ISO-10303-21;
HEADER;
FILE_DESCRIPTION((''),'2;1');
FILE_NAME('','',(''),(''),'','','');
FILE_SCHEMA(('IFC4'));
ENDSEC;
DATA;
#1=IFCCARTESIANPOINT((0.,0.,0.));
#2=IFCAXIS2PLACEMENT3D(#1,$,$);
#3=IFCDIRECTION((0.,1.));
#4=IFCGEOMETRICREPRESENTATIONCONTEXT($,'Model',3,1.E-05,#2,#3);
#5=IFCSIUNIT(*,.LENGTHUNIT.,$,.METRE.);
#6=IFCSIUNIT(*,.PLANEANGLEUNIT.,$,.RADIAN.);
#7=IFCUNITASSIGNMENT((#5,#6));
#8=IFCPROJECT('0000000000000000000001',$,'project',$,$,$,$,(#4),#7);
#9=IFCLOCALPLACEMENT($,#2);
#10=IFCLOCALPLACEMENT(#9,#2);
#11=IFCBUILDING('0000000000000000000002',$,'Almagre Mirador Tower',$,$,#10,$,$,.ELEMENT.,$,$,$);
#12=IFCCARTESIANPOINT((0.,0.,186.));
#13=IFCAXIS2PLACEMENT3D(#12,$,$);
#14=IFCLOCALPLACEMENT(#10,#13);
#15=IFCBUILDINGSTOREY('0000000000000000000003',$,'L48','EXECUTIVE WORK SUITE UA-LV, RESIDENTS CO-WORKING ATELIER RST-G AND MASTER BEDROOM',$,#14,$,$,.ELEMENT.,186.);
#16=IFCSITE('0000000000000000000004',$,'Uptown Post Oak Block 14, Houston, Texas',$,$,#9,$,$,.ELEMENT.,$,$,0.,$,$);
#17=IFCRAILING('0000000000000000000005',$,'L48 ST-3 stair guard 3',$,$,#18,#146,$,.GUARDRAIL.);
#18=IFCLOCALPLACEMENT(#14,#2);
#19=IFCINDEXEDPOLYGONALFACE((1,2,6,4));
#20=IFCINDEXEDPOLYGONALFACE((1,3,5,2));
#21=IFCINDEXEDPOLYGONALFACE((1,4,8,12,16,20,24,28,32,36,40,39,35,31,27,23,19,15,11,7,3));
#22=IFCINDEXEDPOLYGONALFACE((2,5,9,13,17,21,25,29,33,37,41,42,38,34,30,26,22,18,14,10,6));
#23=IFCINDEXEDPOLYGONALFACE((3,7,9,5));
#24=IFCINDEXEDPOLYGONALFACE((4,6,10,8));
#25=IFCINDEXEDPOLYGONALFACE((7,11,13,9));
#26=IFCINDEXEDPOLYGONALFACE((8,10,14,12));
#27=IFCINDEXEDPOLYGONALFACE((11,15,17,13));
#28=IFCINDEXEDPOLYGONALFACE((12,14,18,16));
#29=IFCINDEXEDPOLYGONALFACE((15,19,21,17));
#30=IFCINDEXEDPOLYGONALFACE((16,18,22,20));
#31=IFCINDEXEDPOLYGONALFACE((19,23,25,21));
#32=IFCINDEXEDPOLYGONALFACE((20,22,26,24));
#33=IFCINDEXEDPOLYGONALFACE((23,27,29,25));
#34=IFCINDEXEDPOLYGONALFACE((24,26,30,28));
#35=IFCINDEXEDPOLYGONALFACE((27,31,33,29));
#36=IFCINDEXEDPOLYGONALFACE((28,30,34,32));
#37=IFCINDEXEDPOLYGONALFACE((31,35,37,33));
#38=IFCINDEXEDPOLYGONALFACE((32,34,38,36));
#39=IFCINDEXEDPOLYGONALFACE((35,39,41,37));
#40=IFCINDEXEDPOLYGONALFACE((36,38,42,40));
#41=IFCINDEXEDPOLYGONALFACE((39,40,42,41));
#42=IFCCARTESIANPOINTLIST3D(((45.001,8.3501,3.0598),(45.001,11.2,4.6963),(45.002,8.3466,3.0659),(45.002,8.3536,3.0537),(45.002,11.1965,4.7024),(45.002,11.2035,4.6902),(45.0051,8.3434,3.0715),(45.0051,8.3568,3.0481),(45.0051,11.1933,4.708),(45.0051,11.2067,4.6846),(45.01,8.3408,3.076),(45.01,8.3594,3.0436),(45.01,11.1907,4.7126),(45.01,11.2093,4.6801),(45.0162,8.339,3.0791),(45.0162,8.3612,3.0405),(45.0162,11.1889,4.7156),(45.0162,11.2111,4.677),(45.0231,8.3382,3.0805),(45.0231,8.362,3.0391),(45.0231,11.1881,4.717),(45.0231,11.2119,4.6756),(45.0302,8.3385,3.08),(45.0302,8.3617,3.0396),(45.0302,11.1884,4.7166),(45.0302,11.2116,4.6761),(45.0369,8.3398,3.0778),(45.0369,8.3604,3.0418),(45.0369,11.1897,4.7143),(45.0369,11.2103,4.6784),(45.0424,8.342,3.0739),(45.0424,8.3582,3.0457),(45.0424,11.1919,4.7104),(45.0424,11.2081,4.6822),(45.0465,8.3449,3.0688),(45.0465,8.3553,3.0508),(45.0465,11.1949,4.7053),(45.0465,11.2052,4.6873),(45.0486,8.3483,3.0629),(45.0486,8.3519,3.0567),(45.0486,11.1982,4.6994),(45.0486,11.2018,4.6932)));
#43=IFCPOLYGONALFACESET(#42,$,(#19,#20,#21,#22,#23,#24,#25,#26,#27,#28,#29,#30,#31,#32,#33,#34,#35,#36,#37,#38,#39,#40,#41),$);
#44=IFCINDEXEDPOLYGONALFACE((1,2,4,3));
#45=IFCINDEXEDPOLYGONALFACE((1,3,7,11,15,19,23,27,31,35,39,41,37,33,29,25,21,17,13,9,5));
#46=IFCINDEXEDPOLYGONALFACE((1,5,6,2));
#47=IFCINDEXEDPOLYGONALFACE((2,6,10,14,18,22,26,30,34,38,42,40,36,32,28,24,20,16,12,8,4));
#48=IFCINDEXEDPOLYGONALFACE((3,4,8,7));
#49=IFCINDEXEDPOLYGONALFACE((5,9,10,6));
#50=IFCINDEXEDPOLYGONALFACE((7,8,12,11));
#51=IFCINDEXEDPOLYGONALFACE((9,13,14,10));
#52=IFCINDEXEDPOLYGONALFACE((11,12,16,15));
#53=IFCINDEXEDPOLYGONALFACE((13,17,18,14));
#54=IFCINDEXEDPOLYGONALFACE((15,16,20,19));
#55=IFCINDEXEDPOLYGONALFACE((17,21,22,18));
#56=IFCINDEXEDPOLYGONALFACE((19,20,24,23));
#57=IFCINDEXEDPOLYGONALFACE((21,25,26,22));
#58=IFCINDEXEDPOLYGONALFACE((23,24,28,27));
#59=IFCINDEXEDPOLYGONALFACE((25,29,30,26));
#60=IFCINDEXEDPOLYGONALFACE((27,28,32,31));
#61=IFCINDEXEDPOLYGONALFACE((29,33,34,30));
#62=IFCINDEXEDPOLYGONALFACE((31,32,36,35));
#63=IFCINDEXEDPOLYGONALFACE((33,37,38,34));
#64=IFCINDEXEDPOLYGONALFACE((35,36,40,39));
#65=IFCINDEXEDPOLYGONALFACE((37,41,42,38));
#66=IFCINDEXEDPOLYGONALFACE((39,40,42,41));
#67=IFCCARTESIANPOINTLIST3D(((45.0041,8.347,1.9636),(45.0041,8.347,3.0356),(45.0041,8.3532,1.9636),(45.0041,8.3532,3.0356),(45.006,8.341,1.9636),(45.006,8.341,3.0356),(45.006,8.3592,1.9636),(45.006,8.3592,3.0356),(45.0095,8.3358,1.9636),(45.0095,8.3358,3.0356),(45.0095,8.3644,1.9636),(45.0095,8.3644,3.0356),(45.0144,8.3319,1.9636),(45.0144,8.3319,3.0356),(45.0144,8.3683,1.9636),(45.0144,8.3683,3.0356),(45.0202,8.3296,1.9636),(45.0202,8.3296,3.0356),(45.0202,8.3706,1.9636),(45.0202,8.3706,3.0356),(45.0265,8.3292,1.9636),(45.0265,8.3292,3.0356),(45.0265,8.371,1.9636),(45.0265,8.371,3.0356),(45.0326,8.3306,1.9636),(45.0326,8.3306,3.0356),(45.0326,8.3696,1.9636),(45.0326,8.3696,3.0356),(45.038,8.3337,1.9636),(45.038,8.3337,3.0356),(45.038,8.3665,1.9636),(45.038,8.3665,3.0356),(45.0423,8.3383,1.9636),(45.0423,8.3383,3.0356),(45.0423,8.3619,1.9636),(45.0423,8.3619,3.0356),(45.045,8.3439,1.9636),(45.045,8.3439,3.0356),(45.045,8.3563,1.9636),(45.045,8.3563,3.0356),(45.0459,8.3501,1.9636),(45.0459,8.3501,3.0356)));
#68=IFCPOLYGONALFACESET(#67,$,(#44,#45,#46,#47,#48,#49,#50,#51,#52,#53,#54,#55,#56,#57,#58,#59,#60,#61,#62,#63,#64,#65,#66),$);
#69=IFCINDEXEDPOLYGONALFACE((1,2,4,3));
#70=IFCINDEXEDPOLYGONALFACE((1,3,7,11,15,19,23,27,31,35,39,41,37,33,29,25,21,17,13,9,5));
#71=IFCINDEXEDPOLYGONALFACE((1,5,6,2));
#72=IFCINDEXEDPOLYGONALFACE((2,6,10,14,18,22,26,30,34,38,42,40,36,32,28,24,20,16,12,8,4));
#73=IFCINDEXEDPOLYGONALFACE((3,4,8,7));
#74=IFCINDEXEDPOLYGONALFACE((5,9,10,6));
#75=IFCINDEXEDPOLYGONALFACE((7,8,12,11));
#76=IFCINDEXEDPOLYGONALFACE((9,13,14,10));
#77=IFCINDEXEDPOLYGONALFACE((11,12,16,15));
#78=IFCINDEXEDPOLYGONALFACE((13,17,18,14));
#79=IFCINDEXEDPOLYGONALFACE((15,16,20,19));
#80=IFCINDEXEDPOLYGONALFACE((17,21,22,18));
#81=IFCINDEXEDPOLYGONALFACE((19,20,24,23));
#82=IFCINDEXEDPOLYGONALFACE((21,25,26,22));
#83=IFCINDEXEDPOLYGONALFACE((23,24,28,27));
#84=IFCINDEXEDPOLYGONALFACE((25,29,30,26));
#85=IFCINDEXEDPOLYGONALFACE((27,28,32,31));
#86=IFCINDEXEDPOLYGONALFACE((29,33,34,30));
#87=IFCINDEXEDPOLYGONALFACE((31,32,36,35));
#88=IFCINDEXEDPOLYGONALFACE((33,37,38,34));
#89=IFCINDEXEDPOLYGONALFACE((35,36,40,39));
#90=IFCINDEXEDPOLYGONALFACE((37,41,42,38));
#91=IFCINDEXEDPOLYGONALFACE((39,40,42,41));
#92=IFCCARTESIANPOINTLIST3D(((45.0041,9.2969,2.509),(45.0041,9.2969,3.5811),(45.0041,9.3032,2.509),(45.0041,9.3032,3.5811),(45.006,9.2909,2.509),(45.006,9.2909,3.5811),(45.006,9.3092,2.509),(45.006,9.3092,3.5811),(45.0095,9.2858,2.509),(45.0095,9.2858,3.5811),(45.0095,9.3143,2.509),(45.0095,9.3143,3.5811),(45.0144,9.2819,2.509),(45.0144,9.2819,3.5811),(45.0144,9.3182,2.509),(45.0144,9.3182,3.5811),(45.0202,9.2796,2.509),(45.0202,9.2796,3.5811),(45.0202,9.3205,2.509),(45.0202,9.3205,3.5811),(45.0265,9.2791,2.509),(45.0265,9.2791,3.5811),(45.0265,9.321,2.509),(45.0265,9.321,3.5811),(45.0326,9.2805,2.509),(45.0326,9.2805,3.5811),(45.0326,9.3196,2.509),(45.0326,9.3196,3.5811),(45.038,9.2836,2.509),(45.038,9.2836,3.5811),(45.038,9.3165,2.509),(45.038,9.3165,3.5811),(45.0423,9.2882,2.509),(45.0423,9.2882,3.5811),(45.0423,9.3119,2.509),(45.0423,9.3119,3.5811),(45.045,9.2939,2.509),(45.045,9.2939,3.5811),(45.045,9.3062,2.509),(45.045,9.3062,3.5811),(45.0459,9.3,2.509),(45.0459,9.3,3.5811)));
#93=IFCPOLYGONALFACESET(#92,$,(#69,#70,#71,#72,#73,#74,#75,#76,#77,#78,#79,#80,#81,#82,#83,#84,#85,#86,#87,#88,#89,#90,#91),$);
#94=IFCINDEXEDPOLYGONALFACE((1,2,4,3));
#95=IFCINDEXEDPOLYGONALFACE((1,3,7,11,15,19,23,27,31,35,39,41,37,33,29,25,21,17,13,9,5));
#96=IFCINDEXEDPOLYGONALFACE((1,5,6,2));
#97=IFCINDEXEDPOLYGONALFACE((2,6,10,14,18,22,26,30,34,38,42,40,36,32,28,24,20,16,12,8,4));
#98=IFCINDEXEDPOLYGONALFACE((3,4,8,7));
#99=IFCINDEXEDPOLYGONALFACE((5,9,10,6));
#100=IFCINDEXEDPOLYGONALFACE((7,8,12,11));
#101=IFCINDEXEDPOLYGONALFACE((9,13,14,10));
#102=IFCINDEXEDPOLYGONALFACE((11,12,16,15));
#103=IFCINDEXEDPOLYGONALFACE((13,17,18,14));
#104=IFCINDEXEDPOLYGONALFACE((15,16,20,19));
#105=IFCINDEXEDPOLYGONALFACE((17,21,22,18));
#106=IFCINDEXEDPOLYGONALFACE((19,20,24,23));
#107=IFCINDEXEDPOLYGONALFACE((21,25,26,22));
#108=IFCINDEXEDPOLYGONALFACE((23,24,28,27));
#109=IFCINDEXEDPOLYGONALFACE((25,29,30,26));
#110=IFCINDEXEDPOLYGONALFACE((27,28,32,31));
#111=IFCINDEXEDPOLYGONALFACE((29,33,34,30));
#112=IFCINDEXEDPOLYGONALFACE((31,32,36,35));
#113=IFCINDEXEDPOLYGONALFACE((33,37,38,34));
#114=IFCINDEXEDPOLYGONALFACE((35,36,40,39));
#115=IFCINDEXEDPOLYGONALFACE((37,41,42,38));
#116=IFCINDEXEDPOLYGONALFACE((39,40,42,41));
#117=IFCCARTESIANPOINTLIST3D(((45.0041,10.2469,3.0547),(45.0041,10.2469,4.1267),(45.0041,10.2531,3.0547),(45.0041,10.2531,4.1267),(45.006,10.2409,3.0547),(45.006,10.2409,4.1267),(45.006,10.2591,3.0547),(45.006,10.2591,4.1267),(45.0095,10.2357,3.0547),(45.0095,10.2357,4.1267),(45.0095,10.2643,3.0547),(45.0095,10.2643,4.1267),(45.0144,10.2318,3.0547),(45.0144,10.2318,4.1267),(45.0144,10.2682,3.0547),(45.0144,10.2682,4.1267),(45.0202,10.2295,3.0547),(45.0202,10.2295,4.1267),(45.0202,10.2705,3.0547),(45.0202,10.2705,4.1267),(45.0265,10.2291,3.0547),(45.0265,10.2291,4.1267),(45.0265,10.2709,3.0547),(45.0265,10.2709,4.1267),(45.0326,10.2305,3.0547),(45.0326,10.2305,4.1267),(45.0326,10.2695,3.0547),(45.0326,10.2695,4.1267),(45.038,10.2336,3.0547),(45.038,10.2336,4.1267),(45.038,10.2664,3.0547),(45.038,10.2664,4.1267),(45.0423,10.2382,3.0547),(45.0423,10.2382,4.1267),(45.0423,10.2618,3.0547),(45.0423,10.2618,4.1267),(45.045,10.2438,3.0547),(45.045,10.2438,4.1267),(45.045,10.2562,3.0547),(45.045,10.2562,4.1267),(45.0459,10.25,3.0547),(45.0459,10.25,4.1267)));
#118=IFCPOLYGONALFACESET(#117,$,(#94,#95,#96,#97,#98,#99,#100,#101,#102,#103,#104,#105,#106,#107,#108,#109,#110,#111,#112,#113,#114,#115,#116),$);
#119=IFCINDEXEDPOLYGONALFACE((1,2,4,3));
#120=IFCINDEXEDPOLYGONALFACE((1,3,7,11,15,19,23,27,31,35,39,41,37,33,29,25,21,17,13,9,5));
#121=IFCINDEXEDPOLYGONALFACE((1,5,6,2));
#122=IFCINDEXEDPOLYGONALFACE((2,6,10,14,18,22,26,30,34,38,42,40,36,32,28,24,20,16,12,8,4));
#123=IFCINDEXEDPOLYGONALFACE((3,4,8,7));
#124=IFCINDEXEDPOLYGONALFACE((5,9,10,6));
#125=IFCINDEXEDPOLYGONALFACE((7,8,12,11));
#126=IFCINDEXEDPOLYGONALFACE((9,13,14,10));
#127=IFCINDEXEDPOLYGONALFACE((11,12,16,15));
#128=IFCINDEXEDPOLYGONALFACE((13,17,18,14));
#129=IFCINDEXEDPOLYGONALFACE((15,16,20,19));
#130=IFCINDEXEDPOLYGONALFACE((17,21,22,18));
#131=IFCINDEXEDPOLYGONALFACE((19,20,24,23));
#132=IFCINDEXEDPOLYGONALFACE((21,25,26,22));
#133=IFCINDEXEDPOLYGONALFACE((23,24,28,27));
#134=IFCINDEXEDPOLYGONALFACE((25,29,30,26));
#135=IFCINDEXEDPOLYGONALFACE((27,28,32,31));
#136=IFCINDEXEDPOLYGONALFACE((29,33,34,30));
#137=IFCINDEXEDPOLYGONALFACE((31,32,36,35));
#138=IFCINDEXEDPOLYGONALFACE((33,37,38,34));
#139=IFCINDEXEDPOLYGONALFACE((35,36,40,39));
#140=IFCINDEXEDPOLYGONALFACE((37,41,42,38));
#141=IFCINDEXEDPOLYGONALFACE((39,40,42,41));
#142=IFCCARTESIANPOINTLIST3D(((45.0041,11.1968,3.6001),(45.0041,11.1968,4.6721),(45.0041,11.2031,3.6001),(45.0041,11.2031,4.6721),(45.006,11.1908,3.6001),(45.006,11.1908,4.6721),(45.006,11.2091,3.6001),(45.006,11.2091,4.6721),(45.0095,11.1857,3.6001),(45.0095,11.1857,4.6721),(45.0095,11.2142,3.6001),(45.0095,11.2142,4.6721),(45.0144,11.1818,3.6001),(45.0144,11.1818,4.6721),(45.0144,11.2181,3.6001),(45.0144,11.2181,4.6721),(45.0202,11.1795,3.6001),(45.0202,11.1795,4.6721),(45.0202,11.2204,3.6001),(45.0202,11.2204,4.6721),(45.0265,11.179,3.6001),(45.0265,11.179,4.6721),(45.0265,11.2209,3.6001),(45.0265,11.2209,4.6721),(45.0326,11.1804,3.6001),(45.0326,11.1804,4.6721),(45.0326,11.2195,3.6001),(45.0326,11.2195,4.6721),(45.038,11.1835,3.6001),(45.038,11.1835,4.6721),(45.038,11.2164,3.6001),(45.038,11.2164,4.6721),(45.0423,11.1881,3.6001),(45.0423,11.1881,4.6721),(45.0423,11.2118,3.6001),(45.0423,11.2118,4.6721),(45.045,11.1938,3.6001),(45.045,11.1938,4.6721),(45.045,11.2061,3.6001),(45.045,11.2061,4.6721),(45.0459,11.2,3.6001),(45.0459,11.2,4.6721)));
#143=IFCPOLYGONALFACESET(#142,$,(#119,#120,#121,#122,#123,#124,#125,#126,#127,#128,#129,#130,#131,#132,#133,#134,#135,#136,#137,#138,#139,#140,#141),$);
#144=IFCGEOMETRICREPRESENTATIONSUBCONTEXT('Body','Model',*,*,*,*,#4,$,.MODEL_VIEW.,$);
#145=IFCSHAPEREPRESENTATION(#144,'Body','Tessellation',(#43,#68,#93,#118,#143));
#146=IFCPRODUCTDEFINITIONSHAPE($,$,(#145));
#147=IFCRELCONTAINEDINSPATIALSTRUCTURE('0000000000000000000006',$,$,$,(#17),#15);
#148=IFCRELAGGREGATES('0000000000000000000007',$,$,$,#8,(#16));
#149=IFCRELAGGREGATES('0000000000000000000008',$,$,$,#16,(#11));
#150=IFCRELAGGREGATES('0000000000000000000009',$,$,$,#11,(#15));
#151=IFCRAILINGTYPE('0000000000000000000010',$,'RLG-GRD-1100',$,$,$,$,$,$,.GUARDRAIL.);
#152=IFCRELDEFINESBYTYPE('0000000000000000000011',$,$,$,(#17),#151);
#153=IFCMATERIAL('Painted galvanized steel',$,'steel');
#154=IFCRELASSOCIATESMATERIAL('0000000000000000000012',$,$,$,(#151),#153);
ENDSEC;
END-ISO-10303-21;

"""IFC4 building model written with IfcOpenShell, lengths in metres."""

from ifc_helpers import new_model, si_unit, direction, frame, origin, origin_2d, place, context, subcontext, project, spatial, circle, extrude, material, type_object, element, save


model = new_model("IFC4")

# Units and contexts
model_context = context("Model", 3, precision=1e-05, world=origin(), true_north=direction((0.0, 1.0)))
body_context = subcontext(model_context, "Body", "Model", "MODEL_VIEW")
ifc_project = project(units=[si_unit("LENGTHUNIT", "METRE"), si_unit("PLANEANGLEUNIT", "RADIAN")], contexts=[model_context])

# Site, building, storey
site_placement = place(None, origin())
site = spatial("IfcSite", under=ifc_project, at=site_placement, Name="Uptown Post Oak Block 14, Houston, Texas", CompositionType="ELEMENT", RefElevation=0.0)
building_placement = place(site_placement, origin())
building = spatial("IfcBuilding", under=site, at=building_placement, Name="Almagre Mirador Tower", CompositionType="ELEMENT")
storey_placement = place(building_placement, frame((0.0, 0.0, 186.0)))
storey = spatial("IfcBuildingStorey", under=building, at=storey_placement, Name="L48", Description="EXECUTIVE WORK SUITE UA-LV, RESIDENTS CO-WORKING ATELIER RST-G AND MASTER BEDROOM", CompositionType="ELEMENT", Elevation=186.0)

# Railing
ifc_material_1 = material(Name="Painted galvanized steel", Category="steel")
railing_type_1 = type_object("IfcRailingType", Name="RLG-GRD-1100", PredefinedType="GUARDRAIL", material=ifc_material_1)
railing_1_placement = place(storey_placement, frame((45.0249, 8.3501, 1.9636)))
element("IfcRailing", 1, at=railing_1_placement, inside=storey, type_object=railing_type_1, Name="L48 ST-3 stair guard 3", PredefinedType="GUARDRAIL", context=body_context, shape_type="SweptSolid", body=[
    extrude(circle(Radius=0.0239, at=origin_2d()), frame((0.0, 0.0, 1.0962), z_axis=(0.0, 0.867194, 0.49797), x_axis=(-1.0, 0.0, 0.0)), (0.0, 0.0, 1.0), 3.2864),
    extrude(circle(Radius=0.021, at=origin_2d()), origin(), (0.0, 0.0, 1.0), 1.072),
    extrude(circle(Radius=0.021, at=origin_2d()), frame((0.0, 0.95, 0.5454)), (0.0, 0.0, 1.0), 1.072),
    extrude(circle(Radius=0.021, at=origin_2d()), frame((0.0, 1.8999, 1.0911)), (0.0, 0.0, 1.0), 1.072),
    extrude(circle(Radius=0.021, at=origin_2d()), frame((0.0, 2.8499, 1.6365)), (0.0, 0.0, 1.0), 1.072),
])

save(model, "model.ifc")
